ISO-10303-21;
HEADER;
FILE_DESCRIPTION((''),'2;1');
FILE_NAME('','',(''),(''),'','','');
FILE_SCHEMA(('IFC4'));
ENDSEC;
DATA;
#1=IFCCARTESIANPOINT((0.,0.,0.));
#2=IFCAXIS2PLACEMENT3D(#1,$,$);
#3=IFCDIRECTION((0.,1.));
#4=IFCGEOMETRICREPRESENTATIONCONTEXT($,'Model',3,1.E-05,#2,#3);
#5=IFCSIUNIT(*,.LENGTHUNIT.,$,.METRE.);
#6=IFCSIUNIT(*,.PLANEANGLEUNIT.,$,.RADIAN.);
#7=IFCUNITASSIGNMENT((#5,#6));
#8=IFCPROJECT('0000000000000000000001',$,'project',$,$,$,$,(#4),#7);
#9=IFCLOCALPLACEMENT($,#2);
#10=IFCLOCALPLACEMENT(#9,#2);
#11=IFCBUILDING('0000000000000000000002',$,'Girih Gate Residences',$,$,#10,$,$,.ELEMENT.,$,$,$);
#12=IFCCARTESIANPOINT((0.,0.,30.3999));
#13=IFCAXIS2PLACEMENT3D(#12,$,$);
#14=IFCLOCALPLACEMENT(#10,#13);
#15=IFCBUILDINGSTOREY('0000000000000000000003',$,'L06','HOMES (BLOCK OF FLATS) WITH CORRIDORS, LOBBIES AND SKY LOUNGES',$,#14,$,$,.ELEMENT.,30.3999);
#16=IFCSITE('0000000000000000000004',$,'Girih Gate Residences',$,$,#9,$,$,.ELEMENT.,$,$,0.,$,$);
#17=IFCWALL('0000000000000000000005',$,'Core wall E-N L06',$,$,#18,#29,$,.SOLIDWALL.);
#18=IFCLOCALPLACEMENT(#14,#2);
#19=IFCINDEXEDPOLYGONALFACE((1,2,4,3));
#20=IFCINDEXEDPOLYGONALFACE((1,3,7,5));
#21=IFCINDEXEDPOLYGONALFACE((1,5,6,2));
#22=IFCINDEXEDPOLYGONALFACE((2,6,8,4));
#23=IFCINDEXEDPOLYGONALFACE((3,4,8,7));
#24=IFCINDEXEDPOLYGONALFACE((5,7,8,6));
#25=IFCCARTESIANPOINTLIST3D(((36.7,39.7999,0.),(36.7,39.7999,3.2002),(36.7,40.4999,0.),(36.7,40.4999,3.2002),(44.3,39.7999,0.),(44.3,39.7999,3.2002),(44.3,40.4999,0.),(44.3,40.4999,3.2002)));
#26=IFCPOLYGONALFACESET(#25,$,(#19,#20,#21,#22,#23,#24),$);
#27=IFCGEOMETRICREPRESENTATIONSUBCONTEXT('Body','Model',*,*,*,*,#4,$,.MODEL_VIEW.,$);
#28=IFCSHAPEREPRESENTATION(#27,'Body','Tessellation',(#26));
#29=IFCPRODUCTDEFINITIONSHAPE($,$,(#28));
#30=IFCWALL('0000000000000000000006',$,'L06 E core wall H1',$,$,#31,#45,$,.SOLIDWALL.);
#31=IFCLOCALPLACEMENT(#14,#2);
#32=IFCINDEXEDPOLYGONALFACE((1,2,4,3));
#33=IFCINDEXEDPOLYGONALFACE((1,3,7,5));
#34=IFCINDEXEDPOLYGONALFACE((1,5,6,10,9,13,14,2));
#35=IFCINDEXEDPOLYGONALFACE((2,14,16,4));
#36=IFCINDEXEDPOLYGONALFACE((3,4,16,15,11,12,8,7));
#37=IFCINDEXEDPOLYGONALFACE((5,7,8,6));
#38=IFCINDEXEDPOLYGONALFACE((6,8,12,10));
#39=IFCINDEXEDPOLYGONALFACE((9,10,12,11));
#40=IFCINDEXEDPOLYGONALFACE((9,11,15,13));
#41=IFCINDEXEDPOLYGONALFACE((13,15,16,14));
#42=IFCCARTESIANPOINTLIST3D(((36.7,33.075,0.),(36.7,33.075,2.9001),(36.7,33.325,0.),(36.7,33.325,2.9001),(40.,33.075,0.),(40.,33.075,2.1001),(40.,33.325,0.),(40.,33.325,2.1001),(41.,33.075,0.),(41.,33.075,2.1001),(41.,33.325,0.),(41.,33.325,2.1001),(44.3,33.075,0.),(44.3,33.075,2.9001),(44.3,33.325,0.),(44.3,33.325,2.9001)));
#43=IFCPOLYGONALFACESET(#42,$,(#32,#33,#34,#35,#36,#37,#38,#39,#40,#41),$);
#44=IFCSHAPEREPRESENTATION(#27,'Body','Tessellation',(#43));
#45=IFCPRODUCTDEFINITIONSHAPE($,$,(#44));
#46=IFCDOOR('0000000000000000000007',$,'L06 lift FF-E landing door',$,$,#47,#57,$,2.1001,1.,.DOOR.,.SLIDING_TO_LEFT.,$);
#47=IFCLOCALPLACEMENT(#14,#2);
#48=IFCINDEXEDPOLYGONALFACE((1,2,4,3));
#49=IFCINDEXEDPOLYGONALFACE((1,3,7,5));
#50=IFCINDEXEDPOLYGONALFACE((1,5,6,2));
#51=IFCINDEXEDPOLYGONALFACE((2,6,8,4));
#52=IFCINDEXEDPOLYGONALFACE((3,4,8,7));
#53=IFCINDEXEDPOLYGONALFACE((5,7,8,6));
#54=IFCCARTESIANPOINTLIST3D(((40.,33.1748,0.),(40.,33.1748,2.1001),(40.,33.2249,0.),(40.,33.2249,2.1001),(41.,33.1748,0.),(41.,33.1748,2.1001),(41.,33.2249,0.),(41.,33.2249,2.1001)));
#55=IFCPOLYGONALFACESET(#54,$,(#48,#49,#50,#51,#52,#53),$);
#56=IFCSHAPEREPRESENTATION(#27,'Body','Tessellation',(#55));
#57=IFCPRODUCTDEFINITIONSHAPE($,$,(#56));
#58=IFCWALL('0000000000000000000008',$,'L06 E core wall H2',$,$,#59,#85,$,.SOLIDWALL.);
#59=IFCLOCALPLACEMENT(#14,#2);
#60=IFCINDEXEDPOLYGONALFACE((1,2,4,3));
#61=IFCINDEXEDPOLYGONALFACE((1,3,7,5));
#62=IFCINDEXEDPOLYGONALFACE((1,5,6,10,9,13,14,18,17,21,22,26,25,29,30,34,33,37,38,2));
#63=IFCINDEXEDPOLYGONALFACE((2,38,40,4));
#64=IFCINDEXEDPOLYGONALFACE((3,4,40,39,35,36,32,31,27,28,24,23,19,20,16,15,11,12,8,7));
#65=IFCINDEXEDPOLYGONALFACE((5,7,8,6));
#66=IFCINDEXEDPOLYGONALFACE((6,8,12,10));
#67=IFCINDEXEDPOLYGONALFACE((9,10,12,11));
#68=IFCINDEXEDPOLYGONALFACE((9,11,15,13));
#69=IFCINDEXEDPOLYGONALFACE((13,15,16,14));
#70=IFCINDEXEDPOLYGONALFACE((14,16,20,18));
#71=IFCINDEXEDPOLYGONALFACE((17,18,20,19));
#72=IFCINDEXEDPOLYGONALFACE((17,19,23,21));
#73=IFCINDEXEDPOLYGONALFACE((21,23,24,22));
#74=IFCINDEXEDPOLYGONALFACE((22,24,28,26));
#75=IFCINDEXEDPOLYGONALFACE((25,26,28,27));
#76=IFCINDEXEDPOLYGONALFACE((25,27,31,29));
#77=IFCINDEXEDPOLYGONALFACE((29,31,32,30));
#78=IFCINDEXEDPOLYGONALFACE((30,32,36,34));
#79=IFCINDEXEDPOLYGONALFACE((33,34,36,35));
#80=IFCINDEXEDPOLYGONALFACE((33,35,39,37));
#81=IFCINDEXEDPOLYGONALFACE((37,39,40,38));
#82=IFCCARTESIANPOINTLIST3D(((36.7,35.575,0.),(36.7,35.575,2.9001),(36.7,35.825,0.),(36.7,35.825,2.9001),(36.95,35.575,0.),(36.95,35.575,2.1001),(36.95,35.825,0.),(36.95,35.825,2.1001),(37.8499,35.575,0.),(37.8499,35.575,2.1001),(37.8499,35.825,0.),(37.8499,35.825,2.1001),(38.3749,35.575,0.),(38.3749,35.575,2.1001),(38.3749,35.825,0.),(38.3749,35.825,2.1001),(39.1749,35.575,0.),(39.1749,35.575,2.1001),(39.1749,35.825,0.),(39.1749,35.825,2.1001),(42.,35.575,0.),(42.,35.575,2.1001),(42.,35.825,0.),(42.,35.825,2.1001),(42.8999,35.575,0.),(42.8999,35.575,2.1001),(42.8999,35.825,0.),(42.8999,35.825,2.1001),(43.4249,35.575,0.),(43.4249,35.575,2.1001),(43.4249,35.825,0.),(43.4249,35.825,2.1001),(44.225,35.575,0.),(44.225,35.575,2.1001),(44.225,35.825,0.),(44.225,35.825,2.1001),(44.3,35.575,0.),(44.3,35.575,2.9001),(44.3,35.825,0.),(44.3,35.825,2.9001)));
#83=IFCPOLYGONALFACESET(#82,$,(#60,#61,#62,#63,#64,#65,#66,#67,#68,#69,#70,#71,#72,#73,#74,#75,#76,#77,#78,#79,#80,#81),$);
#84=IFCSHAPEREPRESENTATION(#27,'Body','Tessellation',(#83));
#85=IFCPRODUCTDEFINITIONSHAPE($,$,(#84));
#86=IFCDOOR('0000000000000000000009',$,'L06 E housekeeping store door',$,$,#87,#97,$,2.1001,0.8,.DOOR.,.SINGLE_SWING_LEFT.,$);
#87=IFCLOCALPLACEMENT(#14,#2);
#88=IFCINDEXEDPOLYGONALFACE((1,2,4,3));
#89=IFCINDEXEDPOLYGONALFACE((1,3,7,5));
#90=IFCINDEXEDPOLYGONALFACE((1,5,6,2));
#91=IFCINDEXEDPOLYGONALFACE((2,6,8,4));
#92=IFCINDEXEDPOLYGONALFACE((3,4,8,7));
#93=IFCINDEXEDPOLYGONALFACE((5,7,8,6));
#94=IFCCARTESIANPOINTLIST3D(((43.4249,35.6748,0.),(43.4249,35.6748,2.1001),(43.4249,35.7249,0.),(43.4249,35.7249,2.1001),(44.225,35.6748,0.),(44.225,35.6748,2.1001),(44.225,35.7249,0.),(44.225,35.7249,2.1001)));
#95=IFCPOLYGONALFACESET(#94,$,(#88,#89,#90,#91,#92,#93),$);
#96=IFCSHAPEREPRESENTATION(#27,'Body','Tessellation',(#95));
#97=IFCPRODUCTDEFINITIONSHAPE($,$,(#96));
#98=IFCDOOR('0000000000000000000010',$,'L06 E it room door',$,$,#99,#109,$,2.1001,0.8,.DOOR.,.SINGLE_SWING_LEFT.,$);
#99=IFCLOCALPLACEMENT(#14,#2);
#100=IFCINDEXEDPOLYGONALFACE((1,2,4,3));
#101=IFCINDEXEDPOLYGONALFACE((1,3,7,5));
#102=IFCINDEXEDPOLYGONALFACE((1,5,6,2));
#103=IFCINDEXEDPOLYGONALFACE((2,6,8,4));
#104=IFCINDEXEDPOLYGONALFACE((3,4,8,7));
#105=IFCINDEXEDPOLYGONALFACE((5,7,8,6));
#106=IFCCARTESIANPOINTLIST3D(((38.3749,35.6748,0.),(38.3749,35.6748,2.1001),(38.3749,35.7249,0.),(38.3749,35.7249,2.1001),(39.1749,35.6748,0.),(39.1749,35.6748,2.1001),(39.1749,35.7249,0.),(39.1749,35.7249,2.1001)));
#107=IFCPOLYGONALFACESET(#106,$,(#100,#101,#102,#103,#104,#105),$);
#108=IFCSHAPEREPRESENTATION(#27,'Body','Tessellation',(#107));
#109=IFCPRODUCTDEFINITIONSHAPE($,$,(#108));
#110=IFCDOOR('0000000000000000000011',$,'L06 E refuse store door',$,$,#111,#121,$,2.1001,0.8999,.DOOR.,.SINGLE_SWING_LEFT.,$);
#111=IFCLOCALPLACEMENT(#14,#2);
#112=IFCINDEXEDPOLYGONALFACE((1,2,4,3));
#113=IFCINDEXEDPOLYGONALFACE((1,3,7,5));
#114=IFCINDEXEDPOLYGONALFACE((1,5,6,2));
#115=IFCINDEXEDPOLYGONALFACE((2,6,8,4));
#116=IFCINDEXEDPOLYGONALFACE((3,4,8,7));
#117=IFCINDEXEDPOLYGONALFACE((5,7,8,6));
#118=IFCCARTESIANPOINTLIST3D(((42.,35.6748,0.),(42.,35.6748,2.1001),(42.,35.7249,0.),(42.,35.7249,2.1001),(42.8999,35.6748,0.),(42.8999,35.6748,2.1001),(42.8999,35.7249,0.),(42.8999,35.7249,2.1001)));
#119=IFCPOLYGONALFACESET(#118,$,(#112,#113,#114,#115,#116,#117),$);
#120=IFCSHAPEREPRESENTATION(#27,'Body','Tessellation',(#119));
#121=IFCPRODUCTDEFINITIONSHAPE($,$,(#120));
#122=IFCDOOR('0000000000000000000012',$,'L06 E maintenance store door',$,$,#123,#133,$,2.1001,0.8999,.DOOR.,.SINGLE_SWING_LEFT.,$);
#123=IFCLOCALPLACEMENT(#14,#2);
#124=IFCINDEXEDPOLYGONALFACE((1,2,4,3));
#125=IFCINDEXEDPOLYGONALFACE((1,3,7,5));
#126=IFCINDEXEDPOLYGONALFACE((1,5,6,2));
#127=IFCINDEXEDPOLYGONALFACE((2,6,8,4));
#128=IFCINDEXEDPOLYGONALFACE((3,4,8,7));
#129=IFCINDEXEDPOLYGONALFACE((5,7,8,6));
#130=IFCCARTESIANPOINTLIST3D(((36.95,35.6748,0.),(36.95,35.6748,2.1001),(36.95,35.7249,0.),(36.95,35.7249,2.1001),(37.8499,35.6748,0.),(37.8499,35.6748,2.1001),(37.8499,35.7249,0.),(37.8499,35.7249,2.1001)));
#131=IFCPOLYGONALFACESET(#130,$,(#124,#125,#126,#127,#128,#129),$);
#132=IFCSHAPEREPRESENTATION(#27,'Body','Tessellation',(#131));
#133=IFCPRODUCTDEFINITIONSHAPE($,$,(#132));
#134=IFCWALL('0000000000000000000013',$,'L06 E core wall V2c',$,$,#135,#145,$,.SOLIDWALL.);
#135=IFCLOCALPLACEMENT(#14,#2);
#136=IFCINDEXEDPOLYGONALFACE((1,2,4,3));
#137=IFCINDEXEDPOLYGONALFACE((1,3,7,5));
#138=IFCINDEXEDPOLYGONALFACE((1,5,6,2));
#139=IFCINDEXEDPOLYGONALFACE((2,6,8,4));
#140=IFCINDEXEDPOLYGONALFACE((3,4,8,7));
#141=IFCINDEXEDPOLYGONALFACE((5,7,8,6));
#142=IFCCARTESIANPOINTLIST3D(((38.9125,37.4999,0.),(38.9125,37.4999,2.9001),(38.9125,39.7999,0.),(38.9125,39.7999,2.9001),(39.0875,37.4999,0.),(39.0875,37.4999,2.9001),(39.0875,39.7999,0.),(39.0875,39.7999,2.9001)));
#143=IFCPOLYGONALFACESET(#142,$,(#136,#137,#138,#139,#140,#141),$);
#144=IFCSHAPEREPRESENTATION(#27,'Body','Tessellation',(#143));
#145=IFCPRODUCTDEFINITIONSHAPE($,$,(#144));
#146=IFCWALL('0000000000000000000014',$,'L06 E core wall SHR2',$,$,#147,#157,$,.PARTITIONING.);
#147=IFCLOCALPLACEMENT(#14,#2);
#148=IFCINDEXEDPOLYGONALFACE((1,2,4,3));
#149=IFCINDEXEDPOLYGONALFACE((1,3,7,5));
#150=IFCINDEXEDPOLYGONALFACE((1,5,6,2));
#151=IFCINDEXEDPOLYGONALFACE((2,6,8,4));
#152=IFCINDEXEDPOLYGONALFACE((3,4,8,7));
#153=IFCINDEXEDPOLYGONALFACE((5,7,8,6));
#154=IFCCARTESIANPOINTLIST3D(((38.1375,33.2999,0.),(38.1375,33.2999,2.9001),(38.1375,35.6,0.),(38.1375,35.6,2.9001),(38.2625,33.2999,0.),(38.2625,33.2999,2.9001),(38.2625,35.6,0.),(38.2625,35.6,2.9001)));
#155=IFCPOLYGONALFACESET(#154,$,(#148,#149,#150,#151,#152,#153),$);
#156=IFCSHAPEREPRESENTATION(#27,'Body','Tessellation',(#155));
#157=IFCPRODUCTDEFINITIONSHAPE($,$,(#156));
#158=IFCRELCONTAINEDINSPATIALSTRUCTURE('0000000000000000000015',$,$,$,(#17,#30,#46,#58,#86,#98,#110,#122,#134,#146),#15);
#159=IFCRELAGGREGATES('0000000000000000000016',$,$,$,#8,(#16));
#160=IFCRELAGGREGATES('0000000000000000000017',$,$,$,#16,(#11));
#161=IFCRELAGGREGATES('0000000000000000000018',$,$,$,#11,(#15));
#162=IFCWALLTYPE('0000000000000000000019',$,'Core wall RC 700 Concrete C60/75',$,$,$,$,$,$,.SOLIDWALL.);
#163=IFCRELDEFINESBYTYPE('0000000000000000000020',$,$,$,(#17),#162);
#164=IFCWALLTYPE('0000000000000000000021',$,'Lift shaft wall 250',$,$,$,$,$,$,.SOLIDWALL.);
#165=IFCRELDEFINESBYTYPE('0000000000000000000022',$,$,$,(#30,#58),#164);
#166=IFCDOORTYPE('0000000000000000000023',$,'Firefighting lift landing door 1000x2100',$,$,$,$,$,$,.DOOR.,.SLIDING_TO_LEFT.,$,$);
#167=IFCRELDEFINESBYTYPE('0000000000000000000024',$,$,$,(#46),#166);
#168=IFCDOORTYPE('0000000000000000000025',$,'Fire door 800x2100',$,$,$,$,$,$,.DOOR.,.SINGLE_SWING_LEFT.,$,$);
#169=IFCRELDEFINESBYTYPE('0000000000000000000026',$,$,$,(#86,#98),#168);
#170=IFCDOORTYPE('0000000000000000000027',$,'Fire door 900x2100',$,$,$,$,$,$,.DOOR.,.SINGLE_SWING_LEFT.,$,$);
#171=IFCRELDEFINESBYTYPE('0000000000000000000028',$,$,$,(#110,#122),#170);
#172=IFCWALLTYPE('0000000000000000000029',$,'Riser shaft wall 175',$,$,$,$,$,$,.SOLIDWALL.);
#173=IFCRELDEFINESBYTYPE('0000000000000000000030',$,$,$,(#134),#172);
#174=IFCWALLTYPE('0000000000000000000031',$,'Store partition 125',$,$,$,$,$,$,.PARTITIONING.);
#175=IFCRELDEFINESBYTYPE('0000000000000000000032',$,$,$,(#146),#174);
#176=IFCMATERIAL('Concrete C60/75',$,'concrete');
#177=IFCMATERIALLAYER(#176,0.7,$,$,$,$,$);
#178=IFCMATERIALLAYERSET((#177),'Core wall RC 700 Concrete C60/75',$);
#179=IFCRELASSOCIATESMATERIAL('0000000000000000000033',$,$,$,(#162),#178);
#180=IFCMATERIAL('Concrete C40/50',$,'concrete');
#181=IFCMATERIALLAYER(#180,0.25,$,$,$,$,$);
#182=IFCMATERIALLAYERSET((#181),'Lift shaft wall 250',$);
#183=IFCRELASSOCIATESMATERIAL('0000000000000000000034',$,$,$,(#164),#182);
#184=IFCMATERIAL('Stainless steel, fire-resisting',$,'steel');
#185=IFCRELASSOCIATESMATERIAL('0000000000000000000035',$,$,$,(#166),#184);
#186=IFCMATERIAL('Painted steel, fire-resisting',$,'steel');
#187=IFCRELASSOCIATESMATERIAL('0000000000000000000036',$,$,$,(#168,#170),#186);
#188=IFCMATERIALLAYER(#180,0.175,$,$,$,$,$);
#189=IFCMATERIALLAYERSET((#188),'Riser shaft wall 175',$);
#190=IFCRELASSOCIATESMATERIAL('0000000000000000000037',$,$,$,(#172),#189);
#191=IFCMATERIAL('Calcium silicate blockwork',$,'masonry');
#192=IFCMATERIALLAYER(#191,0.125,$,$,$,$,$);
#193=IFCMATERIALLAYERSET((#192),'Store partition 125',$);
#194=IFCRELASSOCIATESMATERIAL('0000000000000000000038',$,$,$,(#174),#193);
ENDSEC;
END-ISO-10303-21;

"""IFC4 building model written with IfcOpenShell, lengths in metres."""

from ifc_helpers import new_model, si_unit, direction, frame, frame_2d, origin, place, context, subcontext, project, spatial, rectangle, extrude, material, layer, layer_set, type_object, element, fill, save


model = new_model("IFC4")

# Units and contexts
model_context = context("Model", 3, precision=1e-05, world=origin(), true_north=direction((0.0, 1.0)))
body_context = subcontext(model_context, "Body", "Model", "MODEL_VIEW")
ifc_project = project(units=[si_unit("LENGTHUNIT", "METRE"), si_unit("PLANEANGLEUNIT", "RADIAN")], contexts=[model_context])

# Site, building, storey
site_placement = place(None, origin())
site = spatial("IfcSite", under=ifc_project, at=site_placement, Name="Girih Gate Residences", CompositionType="ELEMENT", RefElevation=0.0)
building_placement = place(site_placement, origin())
building = spatial("IfcBuilding", under=site, at=building_placement, Name="Girih Gate Residences", CompositionType="ELEMENT")
storey_placement = place(building_placement, frame((0.0, 0.0, 30.3999)))
storey = spatial("IfcBuildingStorey", under=building, at=storey_placement, Name="L06", Description="HOMES (BLOCK OF FLATS) WITH CORRIDORS, LOBBIES AND SKY LOUNGES", CompositionType="ELEMENT", Elevation=30.3999)

# Wall
ifc_material_1 = material(Name="Concrete C60/75", Category="concrete")
ifc_layer_1 = layer(ifc_material_1, 0.7)
ifc_layer_set_1 = layer_set([ifc_layer_1], Name="Core wall RC 700 Concrete C60/75")
wall_type_1 = type_object("IfcWallType", Name="Core wall RC 700 Concrete C60/75", PredefinedType="SOLIDWALL", material=ifc_layer_set_1)
wall_1_placement = place(storey_placement, frame((36.7, 40.1499, 0.0), z_axis=(0.0, 0.0, 1.0), x_axis=(1.0, 0.0, 0.0)))
element("IfcWall", 1, at=wall_1_placement, inside=storey, type_object=wall_type_1, Name="Core wall E-N L06", PredefinedType="SOLIDWALL", context=body_context, shape_type="SweptSolid", body=[
    extrude(rectangle(XDim=7.6001, YDim=0.7, at=frame_2d((3.8, 0.0))), origin(), (0.0, 0.0, 1.0), 3.2002),
])

# Wall, opening, door
ifc_material_2 = material(Name="Concrete C40/50", Category="concrete")
ifc_layer_2 = layer(ifc_material_2, 0.25)
ifc_layer_set_2 = layer_set([ifc_layer_2], Name="Lift shaft wall 250")
wall_type_2 = type_object("IfcWallType", Name="Lift shaft wall 250", PredefinedType="SOLIDWALL", material=ifc_layer_set_2)
wall_2_placement = place(storey_placement, frame((36.7, 33.2, 0.0), z_axis=(0.0, 0.0, 1.0), x_axis=(1.0, 0.0, 0.0)))
wall_2 = element("IfcWall", 2, at=wall_2_placement, inside=storey, type_object=wall_type_2, Name="L06 E core wall H1", PredefinedType="SOLIDWALL", context=body_context, shape_type="SweptSolid", body=[
    extrude(rectangle(XDim=7.6001, YDim=0.25, at=frame_2d((3.8, 0.0))), origin(), (0.0, 0.0, 1.0), 2.9001),
])
opening_1_placement = place(wall_2_placement, frame((3.3, 0.0, 0.0)))
opening_1 = element("IfcOpeningElement", 3, at=opening_1_placement, cuts=wall_2, PredefinedType="OPENING", context=body_context, shape_type="SweptSolid", body=[
    extrude(rectangle(XDim=1.0, YDim=2.1001, at=frame_2d((0.5, 1.05))), frame((0.0, 0.135, 0.0), z_axis=(0.0, -1.0, 0.0), x_axis=(1.0, 0.0, 0.0)), (0.0, 0.0, 1.0), 0.27),
])
ifc_material_3 = material(Name="Stainless steel, fire-resisting", Category="steel")
door_type_1 = type_object("IfcDoorType", Name="Firefighting lift landing door 1000x2100", OperationType="SLIDING_TO_LEFT", PredefinedType="DOOR", material=ifc_material_3)
door_1_placement = place(opening_1_placement, origin())
door_1 = element("IfcDoor", 4, at=door_1_placement, inside=storey, type_object=door_type_1, Name="L06 lift FF-E landing door", OperationType="SLIDING_TO_LEFT", OverallHeight=2.1001, OverallWidth=1.0, PredefinedType="DOOR", context=body_context, shape_type="SweptSolid", body=[
    extrude(rectangle(XDim=1.0, YDim=2.1001, at=frame_2d((0.5, 1.05))), frame((0.0, 0.0249, 0.0), z_axis=(0.0, -1.0, 0.0), x_axis=(1.0, 0.0, 0.0)), (0.0, 0.0, 1.0), 0.05),
])
fill(opening_1, door_1)

# Wall, openings, doors
wall_3_placement = place(storey_placement, frame((36.7, 35.7, 0.0), z_axis=(0.0, 0.0, 1.0), x_axis=(1.0, 0.0, 0.0)))
wall_3 = element("IfcWall", 5, at=wall_3_placement, inside=storey, type_object=wall_type_2, Name="L06 E core wall H2", PredefinedType="SOLIDWALL", context=body_context, shape_type="SweptSolid", body=[
    extrude(rectangle(XDim=7.6001, YDim=0.25, at=frame_2d((3.8, 0.0))), origin(), (0.0, 0.0, 1.0), 2.9001),
])
opening_2_placement = place(wall_3_placement, frame((6.7251, 0.0, 0.0)))
opening_2 = element("IfcOpeningElement", 6, at=opening_2_placement, cuts=wall_3, PredefinedType="OPENING", context=body_context, shape_type="SweptSolid", body=[
    extrude(rectangle(XDim=0.8, YDim=2.1001, at=frame_2d((0.3999, 1.05))), frame((0.0, 0.135, 0.0), z_axis=(0.0, -1.0, 0.0), x_axis=(1.0, 0.0, 0.0)), (0.0, 0.0, 1.0), 0.27),
])
opening_3_placement = place(wall_3_placement, frame((5.3, 0.0, 0.0)))
opening_3 = element("IfcOpeningElement", 7, at=opening_3_placement, cuts=wall_3, PredefinedType="OPENING", context=body_context, shape_type="SweptSolid", body=[
    extrude(rectangle(XDim=0.8999, YDim=2.1001, at=frame_2d((0.45, 1.05))), frame((0.0, 0.135, 0.0), z_axis=(0.0, -1.0, 0.0), x_axis=(1.0, 0.0, 0.0)), (0.0, 0.0, 1.0), 0.27),
])
opening_4_placement = place(wall_3_placement, frame((1.675, 0.0, 0.0)))
opening_4 = element("IfcOpeningElement", 8, at=opening_4_placement, cuts=wall_3, PredefinedType="OPENING", context=body_context, shape_type="SweptSolid", body=[
    extrude(rectangle(XDim=0.8, YDim=2.1001, at=frame_2d((0.3999, 1.05))), frame((0.0, 0.135, 0.0), z_axis=(0.0, -1.0, 0.0), x_axis=(1.0, 0.0, 0.0)), (0.0, 0.0, 1.0), 0.27),
])
opening_5_placement = place(wall_3_placement, frame((0.25, 0.0, 0.0)))
opening_5 = element("IfcOpeningElement", 9, at=opening_5_placement, cuts=wall_3, PredefinedType="OPENING", context=body_context, shape_type="SweptSolid", body=[
    extrude(rectangle(XDim=0.8999, YDim=2.1001, at=frame_2d((0.45, 1.05))), frame((0.0, 0.135, 0.0), z_axis=(0.0, -1.0, 0.0), x_axis=(1.0, 0.0, 0.0)), (0.0, 0.0, 1.0), 0.27),
])
ifc_material_4 = material(Name="Painted steel, fire-resisting", Category="steel")
door_type_2 = type_object("IfcDoorType", Name="Fire door 800x2100", OperationType="SINGLE_SWING_LEFT", PredefinedType="DOOR", material=ifc_material_4)
door_2_placement = place(opening_2_placement, origin())
door_2 = element("IfcDoor", 10, at=door_2_placement, inside=storey, type_object=door_type_2, Name="L06 E housekeeping store door", OperationType="SINGLE_SWING_LEFT", OverallHeight=2.1001, OverallWidth=0.8, PredefinedType="DOOR", context=body_context, shape_type="SweptSolid", body=[
    extrude(rectangle(XDim=0.8, YDim=2.1001, at=frame_2d((0.3999, 1.05))), frame((0.0, 0.0249, 0.0), z_axis=(0.0, -1.0, 0.0), x_axis=(1.0, 0.0, 0.0)), (0.0, 0.0, 1.0), 0.05),
])
fill(opening_2, door_2)
door_3_placement = place(opening_4_placement, origin())
door_3 = element("IfcDoor", 11, at=door_3_placement, inside=storey, type_object=door_type_2, Name="L06 E it room door", OperationType="SINGLE_SWING_LEFT", OverallHeight=2.1001, OverallWidth=0.8, PredefinedType="DOOR", context=body_context, shape_type="SweptSolid", body=[
    extrude(rectangle(XDim=0.8, YDim=2.1001, at=frame_2d((0.3999, 1.05))), frame((0.0, 0.0249, 0.0), z_axis=(0.0, -1.0, 0.0), x_axis=(1.0, 0.0, 0.0)), (0.0, 0.0, 1.0), 0.05),
])
fill(opening_4, door_3)
door_type_3 = type_object("IfcDoorType", Name="Fire door 900x2100", OperationType="SINGLE_SWING_LEFT", PredefinedType="DOOR", material=ifc_material_4)
door_4_placement = place(opening_3_placement, origin())
door_4 = element("IfcDoor", 12, at=door_4_placement, inside=storey, type_object=door_type_3, Name="L06 E refuse store door", OperationType="SINGLE_SWING_LEFT", OverallHeight=2.1001, OverallWidth=0.8999, PredefinedType="DOOR", context=body_context, shape_type="SweptSolid", body=[
    extrude(rectangle(XDim=0.8999, YDim=2.1001, at=frame_2d((0.45, 1.05))), frame((0.0, 0.0249, 0.0), z_axis=(0.0, -1.0, 0.0), x_axis=(1.0, 0.0, 0.0)), (0.0, 0.0, 1.0), 0.05),
])
fill(opening_3, door_4)
door_5_placement = place(opening_5_placement, origin())
door_5 = element("IfcDoor", 13, at=door_5_placement, inside=storey, type_object=door_type_3, Name="L06 E maintenance store door", OperationType="SINGLE_SWING_LEFT", OverallHeight=2.1001, OverallWidth=0.8999, PredefinedType="DOOR", context=body_context, shape_type="SweptSolid", body=[
    extrude(rectangle(XDim=0.8999, YDim=2.1001, at=frame_2d((0.45, 1.05))), frame((0.0, 0.0249, 0.0), z_axis=(0.0, -1.0, 0.0), x_axis=(1.0, 0.0, 0.0)), (0.0, 0.0, 1.0), 0.05),
])
fill(opening_5, door_5)

# Walls
ifc_layer_3 = layer(ifc_material_2, 0.175)
ifc_layer_set_3 = layer_set([ifc_layer_3], Name="Riser shaft wall 175")
wall_type_3 = type_object("IfcWallType", Name="Riser shaft wall 175", PredefinedType="SOLIDWALL", material=ifc_layer_set_3)
wall_4_placement = place(storey_placement, frame((39.0, 37.5, 0.0), z_axis=(0.0, 0.0, 1.0), x_axis=(0.0, 1.0, 0.0)))
element("IfcWall", 14, at=wall_4_placement, inside=storey, type_object=wall_type_3, Name="L06 E core wall V2c", PredefinedType="SOLIDWALL", context=body_context, shape_type="SweptSolid", body=[
    extrude(rectangle(XDim=2.3, YDim=0.175, at=frame_2d((1.1499, 0.0))), origin(), (0.0, 0.0, 1.0), 2.9001),
])
ifc_material_5 = material(Name="Calcium silicate blockwork", Category="masonry")
ifc_layer_4 = layer(ifc_material_5, 0.125)
ifc_layer_set_4 = layer_set([ifc_layer_4], Name="Store partition 125")
wall_type_4 = type_object("IfcWallType", Name="Store partition 125", PredefinedType="PARTITIONING", material=ifc_layer_set_4)
wall_5_placement = place(storey_placement, frame((38.2, 33.3, 0.0), z_axis=(0.0, 0.0, 1.0), x_axis=(0.0, 1.0, 0.0)))
element("IfcWall", 15, at=wall_5_placement, inside=storey, type_object=wall_type_4, Name="L06 E core wall SHR2", PredefinedType="PARTITIONING", context=body_context, shape_type="SweptSolid", body=[
    extrude(rectangle(XDim=2.3, YDim=0.125, at=frame_2d((1.1499, 0.0))), origin(), (0.0, 0.0, 1.0), 2.9001),
])

save(model, "model.ifc")
